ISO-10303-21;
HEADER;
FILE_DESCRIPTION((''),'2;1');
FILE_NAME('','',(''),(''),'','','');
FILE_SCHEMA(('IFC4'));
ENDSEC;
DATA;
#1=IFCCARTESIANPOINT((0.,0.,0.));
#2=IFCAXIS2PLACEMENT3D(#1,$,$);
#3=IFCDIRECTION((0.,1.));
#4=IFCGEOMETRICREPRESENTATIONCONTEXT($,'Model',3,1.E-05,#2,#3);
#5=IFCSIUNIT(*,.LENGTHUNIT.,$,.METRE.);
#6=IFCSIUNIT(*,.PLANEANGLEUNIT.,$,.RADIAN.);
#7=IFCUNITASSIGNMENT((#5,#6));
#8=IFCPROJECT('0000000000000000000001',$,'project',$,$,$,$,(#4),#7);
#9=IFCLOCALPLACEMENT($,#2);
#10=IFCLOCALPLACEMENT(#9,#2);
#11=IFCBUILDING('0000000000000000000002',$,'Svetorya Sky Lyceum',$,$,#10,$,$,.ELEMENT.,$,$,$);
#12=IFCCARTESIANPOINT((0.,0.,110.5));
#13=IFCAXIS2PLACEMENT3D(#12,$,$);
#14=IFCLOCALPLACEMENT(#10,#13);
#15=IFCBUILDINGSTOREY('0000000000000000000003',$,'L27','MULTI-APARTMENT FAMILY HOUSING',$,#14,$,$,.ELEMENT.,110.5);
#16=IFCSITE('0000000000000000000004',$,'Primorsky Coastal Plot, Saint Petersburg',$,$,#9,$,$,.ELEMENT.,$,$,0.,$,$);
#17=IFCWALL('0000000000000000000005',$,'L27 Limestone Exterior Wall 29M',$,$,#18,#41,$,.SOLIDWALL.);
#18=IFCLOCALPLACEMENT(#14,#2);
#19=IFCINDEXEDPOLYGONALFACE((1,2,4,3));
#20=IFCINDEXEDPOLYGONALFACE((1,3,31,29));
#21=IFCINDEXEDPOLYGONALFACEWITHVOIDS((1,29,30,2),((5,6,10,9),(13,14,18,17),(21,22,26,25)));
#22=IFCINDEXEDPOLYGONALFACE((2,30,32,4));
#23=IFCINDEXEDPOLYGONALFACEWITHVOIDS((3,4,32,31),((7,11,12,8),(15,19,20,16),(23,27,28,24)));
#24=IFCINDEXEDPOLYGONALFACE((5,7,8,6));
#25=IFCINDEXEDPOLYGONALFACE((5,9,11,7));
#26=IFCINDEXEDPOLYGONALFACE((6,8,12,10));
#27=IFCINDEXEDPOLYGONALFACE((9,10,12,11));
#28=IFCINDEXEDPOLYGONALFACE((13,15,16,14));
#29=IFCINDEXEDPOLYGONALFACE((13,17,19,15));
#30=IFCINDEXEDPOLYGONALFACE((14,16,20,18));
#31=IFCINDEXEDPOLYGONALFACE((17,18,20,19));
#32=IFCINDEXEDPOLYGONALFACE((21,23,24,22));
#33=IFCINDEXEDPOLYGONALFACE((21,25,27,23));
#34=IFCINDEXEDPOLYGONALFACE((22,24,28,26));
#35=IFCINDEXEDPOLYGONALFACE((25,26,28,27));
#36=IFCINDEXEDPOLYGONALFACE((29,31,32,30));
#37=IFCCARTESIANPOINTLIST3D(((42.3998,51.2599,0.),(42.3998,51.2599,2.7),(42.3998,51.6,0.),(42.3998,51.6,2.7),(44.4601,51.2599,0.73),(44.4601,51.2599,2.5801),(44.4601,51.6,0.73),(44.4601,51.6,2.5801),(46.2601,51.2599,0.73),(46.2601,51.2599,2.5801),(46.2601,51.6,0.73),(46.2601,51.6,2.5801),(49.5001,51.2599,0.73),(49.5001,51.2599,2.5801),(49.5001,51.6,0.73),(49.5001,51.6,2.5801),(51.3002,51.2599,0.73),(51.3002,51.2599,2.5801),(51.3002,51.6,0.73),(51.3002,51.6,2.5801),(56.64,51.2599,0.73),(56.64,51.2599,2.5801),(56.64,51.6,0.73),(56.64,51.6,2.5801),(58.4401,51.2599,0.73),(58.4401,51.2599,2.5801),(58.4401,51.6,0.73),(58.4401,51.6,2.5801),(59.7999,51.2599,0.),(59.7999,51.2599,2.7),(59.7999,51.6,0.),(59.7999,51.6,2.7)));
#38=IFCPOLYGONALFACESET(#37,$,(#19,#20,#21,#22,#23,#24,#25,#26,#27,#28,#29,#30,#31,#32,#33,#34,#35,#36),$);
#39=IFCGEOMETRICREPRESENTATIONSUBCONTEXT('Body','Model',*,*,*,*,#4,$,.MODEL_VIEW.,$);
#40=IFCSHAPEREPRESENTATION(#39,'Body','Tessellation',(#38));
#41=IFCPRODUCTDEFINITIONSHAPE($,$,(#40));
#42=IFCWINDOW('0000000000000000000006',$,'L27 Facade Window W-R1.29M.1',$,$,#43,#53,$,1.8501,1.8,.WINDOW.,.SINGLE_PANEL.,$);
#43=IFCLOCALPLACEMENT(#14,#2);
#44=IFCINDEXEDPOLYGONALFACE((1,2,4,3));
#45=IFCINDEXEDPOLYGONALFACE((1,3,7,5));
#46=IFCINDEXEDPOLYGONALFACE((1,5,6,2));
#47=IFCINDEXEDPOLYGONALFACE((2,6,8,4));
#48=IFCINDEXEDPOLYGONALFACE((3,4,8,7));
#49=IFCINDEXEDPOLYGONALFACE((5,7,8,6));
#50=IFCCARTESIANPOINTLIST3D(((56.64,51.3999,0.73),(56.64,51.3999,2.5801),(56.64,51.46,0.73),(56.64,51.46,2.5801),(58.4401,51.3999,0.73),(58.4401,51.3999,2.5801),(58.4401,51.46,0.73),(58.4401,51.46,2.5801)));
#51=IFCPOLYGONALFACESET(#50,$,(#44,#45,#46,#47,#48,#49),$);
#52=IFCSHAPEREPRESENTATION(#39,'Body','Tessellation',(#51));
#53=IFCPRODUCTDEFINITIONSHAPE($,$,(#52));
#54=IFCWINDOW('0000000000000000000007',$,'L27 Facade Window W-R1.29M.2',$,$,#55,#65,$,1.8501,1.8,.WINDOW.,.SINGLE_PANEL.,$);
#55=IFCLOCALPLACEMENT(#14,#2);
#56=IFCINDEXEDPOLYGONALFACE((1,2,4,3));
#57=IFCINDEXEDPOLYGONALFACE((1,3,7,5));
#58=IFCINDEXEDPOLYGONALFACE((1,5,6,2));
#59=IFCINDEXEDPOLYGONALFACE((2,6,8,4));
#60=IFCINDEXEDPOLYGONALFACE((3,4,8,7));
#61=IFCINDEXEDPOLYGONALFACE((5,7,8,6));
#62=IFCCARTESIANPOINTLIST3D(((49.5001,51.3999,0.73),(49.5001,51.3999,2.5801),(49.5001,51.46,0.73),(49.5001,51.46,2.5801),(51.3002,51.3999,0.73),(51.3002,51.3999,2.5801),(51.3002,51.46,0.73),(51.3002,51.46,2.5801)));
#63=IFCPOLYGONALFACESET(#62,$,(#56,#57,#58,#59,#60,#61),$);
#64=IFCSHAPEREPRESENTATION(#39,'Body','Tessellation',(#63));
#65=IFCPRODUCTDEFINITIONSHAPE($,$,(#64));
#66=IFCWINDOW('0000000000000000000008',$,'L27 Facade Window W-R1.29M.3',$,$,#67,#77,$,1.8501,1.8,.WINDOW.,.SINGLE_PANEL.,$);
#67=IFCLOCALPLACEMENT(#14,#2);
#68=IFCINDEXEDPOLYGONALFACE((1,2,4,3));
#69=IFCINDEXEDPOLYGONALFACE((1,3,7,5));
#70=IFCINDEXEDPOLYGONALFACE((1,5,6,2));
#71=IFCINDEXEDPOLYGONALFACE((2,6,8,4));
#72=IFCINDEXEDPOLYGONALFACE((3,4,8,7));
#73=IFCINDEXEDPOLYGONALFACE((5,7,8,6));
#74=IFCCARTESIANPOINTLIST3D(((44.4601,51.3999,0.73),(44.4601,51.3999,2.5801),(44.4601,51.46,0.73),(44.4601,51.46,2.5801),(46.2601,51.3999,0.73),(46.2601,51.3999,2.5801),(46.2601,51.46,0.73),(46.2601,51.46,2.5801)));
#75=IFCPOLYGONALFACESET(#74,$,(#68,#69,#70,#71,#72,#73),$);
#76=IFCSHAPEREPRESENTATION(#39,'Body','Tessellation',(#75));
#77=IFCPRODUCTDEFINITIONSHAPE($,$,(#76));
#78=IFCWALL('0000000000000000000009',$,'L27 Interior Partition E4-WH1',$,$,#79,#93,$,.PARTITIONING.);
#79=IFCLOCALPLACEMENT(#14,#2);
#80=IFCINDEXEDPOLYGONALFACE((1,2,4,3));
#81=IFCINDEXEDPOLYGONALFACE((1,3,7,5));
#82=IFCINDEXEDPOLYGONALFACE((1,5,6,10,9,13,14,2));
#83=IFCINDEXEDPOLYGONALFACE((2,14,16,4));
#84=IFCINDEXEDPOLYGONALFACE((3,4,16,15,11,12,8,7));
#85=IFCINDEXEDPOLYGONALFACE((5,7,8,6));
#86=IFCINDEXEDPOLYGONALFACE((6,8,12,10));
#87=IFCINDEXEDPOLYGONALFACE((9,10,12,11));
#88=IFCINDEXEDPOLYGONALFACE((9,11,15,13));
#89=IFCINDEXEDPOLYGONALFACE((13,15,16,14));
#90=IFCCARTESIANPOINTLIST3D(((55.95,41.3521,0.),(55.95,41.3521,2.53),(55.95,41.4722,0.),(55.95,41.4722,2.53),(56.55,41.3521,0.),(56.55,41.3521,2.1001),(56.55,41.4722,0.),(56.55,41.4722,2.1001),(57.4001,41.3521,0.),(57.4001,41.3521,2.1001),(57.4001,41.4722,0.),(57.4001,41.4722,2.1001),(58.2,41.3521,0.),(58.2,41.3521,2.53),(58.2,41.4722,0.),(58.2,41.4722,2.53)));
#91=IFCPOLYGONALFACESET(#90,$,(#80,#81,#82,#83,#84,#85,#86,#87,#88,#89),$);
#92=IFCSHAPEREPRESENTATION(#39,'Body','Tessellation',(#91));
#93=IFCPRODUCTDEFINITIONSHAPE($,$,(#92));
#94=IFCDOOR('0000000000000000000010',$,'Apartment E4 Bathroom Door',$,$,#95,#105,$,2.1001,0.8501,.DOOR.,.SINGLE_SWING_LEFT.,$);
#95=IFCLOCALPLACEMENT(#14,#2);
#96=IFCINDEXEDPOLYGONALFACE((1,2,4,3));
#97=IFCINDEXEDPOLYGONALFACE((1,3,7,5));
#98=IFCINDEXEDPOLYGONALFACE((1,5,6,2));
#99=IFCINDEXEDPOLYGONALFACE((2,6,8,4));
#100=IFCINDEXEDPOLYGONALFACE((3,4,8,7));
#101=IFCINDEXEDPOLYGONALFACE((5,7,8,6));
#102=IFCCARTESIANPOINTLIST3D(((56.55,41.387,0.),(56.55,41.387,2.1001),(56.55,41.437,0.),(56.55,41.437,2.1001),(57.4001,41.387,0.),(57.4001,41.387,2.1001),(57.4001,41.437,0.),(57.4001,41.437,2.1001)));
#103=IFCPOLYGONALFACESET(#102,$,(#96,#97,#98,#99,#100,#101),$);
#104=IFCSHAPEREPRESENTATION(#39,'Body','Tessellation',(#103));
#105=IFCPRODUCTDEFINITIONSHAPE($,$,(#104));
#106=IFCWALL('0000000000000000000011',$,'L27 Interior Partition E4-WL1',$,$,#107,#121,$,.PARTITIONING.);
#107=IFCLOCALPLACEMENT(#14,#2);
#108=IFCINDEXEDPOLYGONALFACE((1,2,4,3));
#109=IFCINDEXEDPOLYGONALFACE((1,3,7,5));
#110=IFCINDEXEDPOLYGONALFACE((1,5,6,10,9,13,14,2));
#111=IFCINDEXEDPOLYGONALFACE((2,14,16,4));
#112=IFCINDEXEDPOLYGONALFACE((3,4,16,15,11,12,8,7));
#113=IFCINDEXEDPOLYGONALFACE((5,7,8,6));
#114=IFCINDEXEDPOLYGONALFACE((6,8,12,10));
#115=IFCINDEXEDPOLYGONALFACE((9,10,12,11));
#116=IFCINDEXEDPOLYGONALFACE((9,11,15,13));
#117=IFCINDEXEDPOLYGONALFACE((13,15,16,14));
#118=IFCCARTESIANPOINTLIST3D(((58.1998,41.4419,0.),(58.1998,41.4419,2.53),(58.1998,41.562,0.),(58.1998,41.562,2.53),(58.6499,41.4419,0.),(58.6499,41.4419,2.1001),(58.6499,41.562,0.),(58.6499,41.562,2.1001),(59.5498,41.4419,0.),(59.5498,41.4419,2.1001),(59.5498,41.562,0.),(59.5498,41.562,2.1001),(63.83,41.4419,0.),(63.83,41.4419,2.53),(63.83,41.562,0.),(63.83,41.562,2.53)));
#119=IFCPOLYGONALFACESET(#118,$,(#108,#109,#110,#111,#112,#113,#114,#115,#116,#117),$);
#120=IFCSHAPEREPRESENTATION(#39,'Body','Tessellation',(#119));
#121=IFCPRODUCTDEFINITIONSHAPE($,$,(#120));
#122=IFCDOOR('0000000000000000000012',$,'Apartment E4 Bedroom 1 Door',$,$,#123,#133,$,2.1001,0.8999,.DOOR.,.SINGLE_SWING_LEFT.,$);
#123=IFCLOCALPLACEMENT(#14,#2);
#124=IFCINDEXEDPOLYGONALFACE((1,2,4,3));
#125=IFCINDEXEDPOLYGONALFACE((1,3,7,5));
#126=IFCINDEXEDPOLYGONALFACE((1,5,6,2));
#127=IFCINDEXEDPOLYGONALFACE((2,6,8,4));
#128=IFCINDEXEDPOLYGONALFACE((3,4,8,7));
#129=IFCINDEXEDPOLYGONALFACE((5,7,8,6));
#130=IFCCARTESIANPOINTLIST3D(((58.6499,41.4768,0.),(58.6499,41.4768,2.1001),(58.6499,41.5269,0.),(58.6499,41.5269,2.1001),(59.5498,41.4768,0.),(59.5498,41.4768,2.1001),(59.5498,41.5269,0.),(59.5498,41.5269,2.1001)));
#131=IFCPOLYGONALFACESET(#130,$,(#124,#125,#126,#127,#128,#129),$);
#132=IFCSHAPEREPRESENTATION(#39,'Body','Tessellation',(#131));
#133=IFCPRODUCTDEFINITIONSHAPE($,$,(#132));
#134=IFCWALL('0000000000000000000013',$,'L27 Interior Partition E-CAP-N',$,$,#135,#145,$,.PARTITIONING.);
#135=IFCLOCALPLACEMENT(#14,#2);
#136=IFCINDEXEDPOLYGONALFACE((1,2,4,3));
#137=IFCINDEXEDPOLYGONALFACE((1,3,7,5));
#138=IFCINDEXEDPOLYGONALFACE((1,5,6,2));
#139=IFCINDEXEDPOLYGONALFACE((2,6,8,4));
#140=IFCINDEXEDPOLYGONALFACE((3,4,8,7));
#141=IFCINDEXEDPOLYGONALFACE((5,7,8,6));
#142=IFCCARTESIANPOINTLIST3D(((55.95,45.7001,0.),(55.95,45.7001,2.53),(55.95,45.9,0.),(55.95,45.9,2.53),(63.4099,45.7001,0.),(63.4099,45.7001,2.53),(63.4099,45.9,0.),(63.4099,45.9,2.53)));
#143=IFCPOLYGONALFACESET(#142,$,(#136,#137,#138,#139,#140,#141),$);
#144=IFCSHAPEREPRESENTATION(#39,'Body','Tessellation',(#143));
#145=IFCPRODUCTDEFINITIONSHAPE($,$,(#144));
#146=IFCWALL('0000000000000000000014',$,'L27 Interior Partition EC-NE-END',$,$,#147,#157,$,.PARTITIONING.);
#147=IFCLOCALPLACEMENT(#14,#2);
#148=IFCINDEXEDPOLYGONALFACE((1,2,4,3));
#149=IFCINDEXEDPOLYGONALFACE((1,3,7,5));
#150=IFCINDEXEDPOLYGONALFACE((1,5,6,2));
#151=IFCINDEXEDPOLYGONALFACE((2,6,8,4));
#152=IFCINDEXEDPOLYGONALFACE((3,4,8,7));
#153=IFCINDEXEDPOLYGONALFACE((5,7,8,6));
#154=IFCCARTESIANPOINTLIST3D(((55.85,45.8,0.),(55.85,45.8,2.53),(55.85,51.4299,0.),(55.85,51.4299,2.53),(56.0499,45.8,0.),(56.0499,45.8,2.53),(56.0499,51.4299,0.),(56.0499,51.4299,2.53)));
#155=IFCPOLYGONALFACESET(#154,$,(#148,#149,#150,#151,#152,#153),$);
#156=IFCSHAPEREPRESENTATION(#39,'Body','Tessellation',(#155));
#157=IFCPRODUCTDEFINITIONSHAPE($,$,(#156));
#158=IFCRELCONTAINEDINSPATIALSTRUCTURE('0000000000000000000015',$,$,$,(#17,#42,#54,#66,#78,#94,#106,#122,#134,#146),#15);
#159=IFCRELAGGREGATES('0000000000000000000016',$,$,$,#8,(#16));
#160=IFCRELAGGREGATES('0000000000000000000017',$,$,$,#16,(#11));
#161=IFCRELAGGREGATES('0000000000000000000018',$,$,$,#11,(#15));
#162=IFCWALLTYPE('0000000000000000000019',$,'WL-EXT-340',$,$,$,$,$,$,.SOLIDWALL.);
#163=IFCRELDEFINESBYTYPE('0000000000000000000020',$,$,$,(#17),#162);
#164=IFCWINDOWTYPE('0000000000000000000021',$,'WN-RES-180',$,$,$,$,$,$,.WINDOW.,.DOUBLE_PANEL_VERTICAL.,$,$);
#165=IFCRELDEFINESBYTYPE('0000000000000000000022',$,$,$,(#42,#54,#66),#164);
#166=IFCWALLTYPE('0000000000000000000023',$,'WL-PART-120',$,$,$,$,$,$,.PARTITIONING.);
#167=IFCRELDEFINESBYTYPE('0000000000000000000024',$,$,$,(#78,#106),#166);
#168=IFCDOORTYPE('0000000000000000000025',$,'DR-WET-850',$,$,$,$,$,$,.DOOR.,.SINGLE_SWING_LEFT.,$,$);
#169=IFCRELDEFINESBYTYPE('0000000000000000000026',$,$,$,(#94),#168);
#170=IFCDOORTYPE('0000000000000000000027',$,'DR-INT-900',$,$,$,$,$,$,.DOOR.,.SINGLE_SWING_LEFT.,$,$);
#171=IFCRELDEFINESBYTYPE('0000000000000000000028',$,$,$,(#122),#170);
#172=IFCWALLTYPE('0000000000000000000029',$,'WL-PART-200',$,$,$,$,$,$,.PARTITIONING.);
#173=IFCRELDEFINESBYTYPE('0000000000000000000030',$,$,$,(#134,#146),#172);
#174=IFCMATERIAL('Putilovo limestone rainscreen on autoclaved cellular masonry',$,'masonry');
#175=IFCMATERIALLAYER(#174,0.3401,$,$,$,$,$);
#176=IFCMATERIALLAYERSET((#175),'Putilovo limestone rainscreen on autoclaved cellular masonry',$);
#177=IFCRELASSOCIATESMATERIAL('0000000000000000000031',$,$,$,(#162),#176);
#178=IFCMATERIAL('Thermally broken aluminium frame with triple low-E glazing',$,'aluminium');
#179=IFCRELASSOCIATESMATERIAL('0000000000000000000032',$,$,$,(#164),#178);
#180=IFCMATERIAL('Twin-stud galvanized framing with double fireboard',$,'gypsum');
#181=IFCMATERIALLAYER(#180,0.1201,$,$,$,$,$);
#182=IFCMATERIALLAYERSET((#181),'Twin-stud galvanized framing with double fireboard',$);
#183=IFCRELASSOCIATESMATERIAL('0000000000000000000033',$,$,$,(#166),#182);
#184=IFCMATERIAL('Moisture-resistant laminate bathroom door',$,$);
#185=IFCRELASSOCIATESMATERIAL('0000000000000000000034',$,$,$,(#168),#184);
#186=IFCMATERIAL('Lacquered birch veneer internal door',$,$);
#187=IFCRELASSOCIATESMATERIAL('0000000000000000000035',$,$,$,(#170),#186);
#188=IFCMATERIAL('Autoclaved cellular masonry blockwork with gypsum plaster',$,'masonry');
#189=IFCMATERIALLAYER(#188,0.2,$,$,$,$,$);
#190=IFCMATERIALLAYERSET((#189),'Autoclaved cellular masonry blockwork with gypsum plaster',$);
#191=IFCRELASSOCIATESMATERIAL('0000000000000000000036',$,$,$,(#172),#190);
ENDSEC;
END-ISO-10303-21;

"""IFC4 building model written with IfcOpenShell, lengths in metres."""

from ifc_helpers import new_model, si_unit, direction, frame, frame_2d, origin, place, context, subcontext, project, spatial, rectangle, extrude, material, layer, layer_set, type_object, element, fill, save


model = new_model("IFC4")

# Units and contexts
model_context = context("Model", 3, precision=1e-05, world=origin(), true_north=direction((0.0, 1.0)))
body_context = subcontext(model_context, "Body", "Model", "MODEL_VIEW")
ifc_project = project(units=[si_unit("LENGTHUNIT", "METRE"), si_unit("PLANEANGLEUNIT", "RADIAN")], contexts=[model_context])

# Site, building, storey
site_placement = place(None, origin())
site = spatial("IfcSite", under=ifc_project, at=site_placement, Name="Primorsky Coastal Plot, Saint Petersburg", CompositionType="ELEMENT", RefElevation=0.0)
building_placement = place(site_placement, origin())
building = spatial("IfcBuilding", under=site, at=building_placement, Name="Svetorya Sky Lyceum", CompositionType="ELEMENT")
storey_placement = place(building_placement, frame((0.0, 0.0, 110.5)))
storey = spatial("IfcBuildingStorey", under=building, at=storey_placement, Name="L27", Description="MULTI-APARTMENT FAMILY HOUSING", CompositionType="ELEMENT", Elevation=110.5)

# Shared definitions
ifc_material_1 = material(Name="Putilovo limestone rainscreen on autoclaved cellular masonry", Category="masonry")
ifc_layer_1 = layer(ifc_material_1, 0.3401)
ifc_layer_set_1 = layer_set([ifc_layer_1], Name="Putilovo limestone rainscreen on autoclaved cellular masonry")
wall_type_1 = type_object("IfcWallType", Name="WL-EXT-340", PredefinedType="SOLIDWALL", material=ifc_layer_set_1)

# Wall, openings, windows
wall_1_placement = place(storey_placement, frame((59.8, 51.4299, 0.0), z_axis=(0.0, 0.0, 1.0), x_axis=(-1.0, 0.0, 0.0)))
wall_1 = element("IfcWall", 1, at=wall_1_placement, inside=storey, type_object=wall_type_1, Name="L27 Limestone Exterior Wall 29M", PredefinedType="SOLIDWALL", context=body_context, shape_type="SweptSolid", body=[
    extrude(rectangle(XDim=17.4001, YDim=0.3401, at=frame_2d((8.7002, 0.0))), origin(), (0.0, 0.0, 1.0), 2.7),
])
opening_1_placement = place(wall_1_placement, frame((1.3601, 0.0, 0.73)))
opening_1 = element("IfcOpeningElement", 2, at=opening_1_placement, cuts=wall_1, PredefinedType="OPENING", context=body_context, shape_type="SweptSolid", body=[
    extrude(rectangle(XDim=1.8, YDim=1.8501, at=frame_2d((0.8999, 0.925))), frame((0.0, 0.1799, 0.0), z_axis=(0.0, -1.0, 0.0), x_axis=(1.0, 0.0, 0.0)), (0.0, 0.0, 1.0), 0.3601),
])
opening_2_placement = place(wall_1_placement, frame((8.5, 0.0, 0.73)))
opening_2 = element("IfcOpeningElement", 3, at=opening_2_placement, cuts=wall_1, PredefinedType="OPENING", context=body_context, shape_type="SweptSolid", body=[
    extrude(rectangle(XDim=1.8, YDim=1.8501, at=frame_2d((0.8999, 0.925))), frame((0.0, 0.1799, 0.0), z_axis=(0.0, -1.0, 0.0), x_axis=(1.0, 0.0, 0.0)), (0.0, 0.0, 1.0), 0.3601),
])
opening_3_placement = place(wall_1_placement, frame((13.54, 0.0, 0.73)))
opening_3 = element("IfcOpeningElement", 4, at=opening_3_placement, cuts=wall_1, PredefinedType="OPENING", context=body_context, shape_type="SweptSolid", body=[
    extrude(rectangle(XDim=1.8, YDim=1.8501, at=frame_2d((0.8999, 0.925))), frame((0.0, 0.1799, 0.0), z_axis=(0.0, -1.0, 0.0), x_axis=(1.0, 0.0, 0.0)), (0.0, 0.0, 1.0), 0.3601),
])
ifc_material_2 = material(Name="Thermally broken aluminium frame with triple low-E glazing", Category="aluminium")
window_type = type_object("IfcWindowType", Name="WN-RES-180", PartitioningType="DOUBLE_PANEL_VERTICAL", PredefinedType="WINDOW", material=ifc_material_2)
window_1_placement = place(opening_1_placement, origin())
window_1 = element("IfcWindow", 5, at=window_1_placement, inside=storey, type_object=window_type, Name="L27 Facade Window W-R1.29M.1", OverallHeight=1.8501, OverallWidth=1.8, PartitioningType="SINGLE_PANEL", PredefinedType="WINDOW", context=body_context, shape_type="SweptSolid", body=[
    extrude(rectangle(XDim=1.8, YDim=1.8501, at=frame_2d((0.8999, 0.925))), frame((0.0, 0.03, 0.0), z_axis=(0.0, -1.0, 0.0), x_axis=(1.0, 0.0, 0.0)), (0.0, 0.0, 1.0), 0.0601),
])
fill(opening_1, window_1)
window_2_placement = place(opening_2_placement, origin())
window_2 = element("IfcWindow", 6, at=window_2_placement, inside=storey, type_object=window_type, Name="L27 Facade Window W-R1.29M.2", OverallHeight=1.8501, OverallWidth=1.8, PartitioningType="SINGLE_PANEL", PredefinedType="WINDOW", context=body_context, shape_type="SweptSolid", body=[
    extrude(rectangle(XDim=1.8, YDim=1.8501, at=frame_2d((0.8999, 0.925))), frame((0.0, 0.03, 0.0), z_axis=(0.0, -1.0, 0.0), x_axis=(1.0, 0.0, 0.0)), (0.0, 0.0, 1.0), 0.0601),
])
fill(opening_2, window_2)
window_3_placement = place(opening_3_placement, origin())
window_3 = element("IfcWindow", 7, at=window_3_placement, inside=storey, type_object=window_type, Name="L27 Facade Window W-R1.29M.3", OverallHeight=1.8501, OverallWidth=1.8, PartitioningType="SINGLE_PANEL", PredefinedType="WINDOW", context=body_context, shape_type="SweptSolid", body=[
    extrude(rectangle(XDim=1.8, YDim=1.8501, at=frame_2d((0.8999, 0.925))), frame((0.0, 0.03, 0.0), z_axis=(0.0, -1.0, 0.0), x_axis=(1.0, 0.0, 0.0)), (0.0, 0.0, 1.0), 0.0601),
])
fill(opening_3, window_3)

# Walls, openings, doors
ifc_material_3 = material(Name="Twin-stud galvanized framing with double fireboard", Category="gypsum")
ifc_layer_2 = layer(ifc_material_3, 0.1201)
ifc_layer_set_2 = layer_set([ifc_layer_2], Name="Twin-stud galvanized framing with double fireboard")
wall_type_2 = type_object("IfcWallType", Name="WL-PART-120", PredefinedType="PARTITIONING", material=ifc_layer_set_2)
wall_2_placement = place(storey_placement, frame((55.95, 41.4121, 0.0), z_axis=(0.0, 0.0, 1.0), x_axis=(1.0, 0.0, 0.0)))
wall_2 = element("IfcWall", 8, at=wall_2_placement, inside=storey, type_object=wall_type_2, Name="L27 Interior Partition E4-WH1", PredefinedType="PARTITIONING", context=body_context, shape_type="SweptSolid", body=[
    extrude(rectangle(XDim=2.25, YDim=0.1201, at=frame_2d((1.125, 0.0))), origin(), (0.0, 0.0, 1.0), 2.53),
])
opening_4_placement = place(wall_2_placement, frame((0.6001, 0.0, 0.0)))
opening_4 = element("IfcOpeningElement", 9, at=opening_4_placement, cuts=wall_2, PredefinedType="OPENING", context=body_context, shape_type="SweptSolid", body=[
    extrude(rectangle(XDim=0.8501, YDim=2.1001, at=frame_2d((0.425, 1.05))), frame((0.0, 0.0701, 0.0), z_axis=(0.0, -1.0, 0.0), x_axis=(1.0, 0.0, 0.0)), (0.0, 0.0, 1.0), 0.1401),
])
ifc_material_4 = material(Name="Moisture-resistant laminate bathroom door")
door_type_1 = type_object("IfcDoorType", Name="DR-WET-850", OperationType="SINGLE_SWING_LEFT", PredefinedType="DOOR", material=ifc_material_4)
door_1_placement = place(opening_4_placement, origin())
door_1 = element("IfcDoor", 10, at=door_1_placement, inside=storey, type_object=door_type_1, Name="Apartment E4 Bathroom Door", OperationType="SINGLE_SWING_LEFT", OverallHeight=2.1001, OverallWidth=0.8501, PredefinedType="DOOR", context=body_context, shape_type="SweptSolid", body=[
    extrude(rectangle(XDim=0.8501, YDim=2.1001, at=frame_2d((0.425, 1.05))), frame((0.0, 0.0249, 0.0), z_axis=(0.0, -1.0, 0.0), x_axis=(1.0, 0.0, 0.0)), (0.0, 0.0, 1.0), 0.05),
])
fill(opening_4, door_1)
wall_3_placement = place(storey_placement, frame((58.2, 41.502, 0.0), z_axis=(0.0, 0.0, 1.0), x_axis=(1.0, 0.0, 0.0)))
wall_3 = element("IfcWall", 11, at=wall_3_placement, inside=storey, type_object=wall_type_2, Name="L27 Interior Partition E4-WL1", PredefinedType="PARTITIONING", context=body_context, shape_type="SweptSolid", body=[
    extrude(rectangle(XDim=5.6301, YDim=0.1201, at=frame_2d((2.8149, 0.0))), origin(), (0.0, 0.0, 1.0), 2.53),
])
opening_5_placement = place(wall_3_placement, frame((0.45, 0.0, 0.0)))
opening_5 = element("IfcOpeningElement", 12, at=opening_5_placement, cuts=wall_3, PredefinedType="OPENING", context=body_context, shape_type="SweptSolid", body=[
    extrude(rectangle(XDim=0.8999, YDim=2.1001, at=frame_2d((0.45, 1.05))), frame((0.0, 0.0701, 0.0), z_axis=(0.0, -1.0, 0.0), x_axis=(1.0, 0.0, 0.0)), (0.0, 0.0, 1.0), 0.1401),
])
ifc_material_5 = material(Name="Lacquered birch veneer internal door")
door_type_2 = type_object("IfcDoorType", Name="DR-INT-900", OperationType="SINGLE_SWING_LEFT", PredefinedType="DOOR", material=ifc_material_5)
door_2_placement = place(opening_5_placement, origin())
door_2 = element("IfcDoor", 13, at=door_2_placement, inside=storey, type_object=door_type_2, Name="Apartment E4 Bedroom 1 Door", OperationType="SINGLE_SWING_LEFT", OverallHeight=2.1001, OverallWidth=0.8999, PredefinedType="DOOR", context=body_context, shape_type="SweptSolid", body=[
    extrude(rectangle(XDim=0.8999, YDim=2.1001, at=frame_2d((0.45, 1.05))), frame((0.0, 0.0249, 0.0), z_axis=(0.0, -1.0, 0.0), x_axis=(1.0, 0.0, 0.0)), (0.0, 0.0, 1.0), 0.05),
])
fill(opening_5, door_2)

# Walls
ifc_material_6 = material(Name="Autoclaved cellular masonry blockwork with gypsum plaster", Category="masonry")
ifc_layer_3 = layer(ifc_material_6, 0.2)
ifc_layer_set_3 = layer_set([ifc_layer_3], Name="Autoclaved cellular masonry blockwork with gypsum plaster")
wall_type_3 = type_object("IfcWallType", Name="WL-PART-200", PredefinedType="PARTITIONING", material=ifc_layer_set_3)
wall_4_placement = place(storey_placement, frame((55.95, 45.8, 0.0), z_axis=(0.0, 0.0, 1.0), x_axis=(1.0, 0.0, 0.0)))
element("IfcWall", 14, at=wall_4_placement, inside=storey, type_object=wall_type_3, Name="L27 Interior Partition E-CAP-N", PredefinedType="PARTITIONING", context=body_context, shape_type="SweptSolid", body=[
    extrude(rectangle(XDim=7.46, YDim=0.2, at=frame_2d((3.73, 0.0))), origin(), (0.0, 0.0, 1.0), 2.53),
])
wall_5_placement = place(storey_placement, frame((55.95, 45.8, 0.0), z_axis=(0.0, 0.0, 1.0), x_axis=(0.0, 1.0, 0.0)))
element("IfcWall", 15, at=wall_5_placement, inside=storey, type_object=wall_type_3, Name="L27 Interior Partition EC-NE-END", PredefinedType="PARTITIONING", context=body_context, shape_type="SweptSolid", body=[
    extrude(rectangle(XDim=5.6299, YDim=0.2, at=frame_2d((2.8149, 0.0))), origin(), (0.0, 0.0, 1.0), 2.53),
])

save(model, "model.ifc")
